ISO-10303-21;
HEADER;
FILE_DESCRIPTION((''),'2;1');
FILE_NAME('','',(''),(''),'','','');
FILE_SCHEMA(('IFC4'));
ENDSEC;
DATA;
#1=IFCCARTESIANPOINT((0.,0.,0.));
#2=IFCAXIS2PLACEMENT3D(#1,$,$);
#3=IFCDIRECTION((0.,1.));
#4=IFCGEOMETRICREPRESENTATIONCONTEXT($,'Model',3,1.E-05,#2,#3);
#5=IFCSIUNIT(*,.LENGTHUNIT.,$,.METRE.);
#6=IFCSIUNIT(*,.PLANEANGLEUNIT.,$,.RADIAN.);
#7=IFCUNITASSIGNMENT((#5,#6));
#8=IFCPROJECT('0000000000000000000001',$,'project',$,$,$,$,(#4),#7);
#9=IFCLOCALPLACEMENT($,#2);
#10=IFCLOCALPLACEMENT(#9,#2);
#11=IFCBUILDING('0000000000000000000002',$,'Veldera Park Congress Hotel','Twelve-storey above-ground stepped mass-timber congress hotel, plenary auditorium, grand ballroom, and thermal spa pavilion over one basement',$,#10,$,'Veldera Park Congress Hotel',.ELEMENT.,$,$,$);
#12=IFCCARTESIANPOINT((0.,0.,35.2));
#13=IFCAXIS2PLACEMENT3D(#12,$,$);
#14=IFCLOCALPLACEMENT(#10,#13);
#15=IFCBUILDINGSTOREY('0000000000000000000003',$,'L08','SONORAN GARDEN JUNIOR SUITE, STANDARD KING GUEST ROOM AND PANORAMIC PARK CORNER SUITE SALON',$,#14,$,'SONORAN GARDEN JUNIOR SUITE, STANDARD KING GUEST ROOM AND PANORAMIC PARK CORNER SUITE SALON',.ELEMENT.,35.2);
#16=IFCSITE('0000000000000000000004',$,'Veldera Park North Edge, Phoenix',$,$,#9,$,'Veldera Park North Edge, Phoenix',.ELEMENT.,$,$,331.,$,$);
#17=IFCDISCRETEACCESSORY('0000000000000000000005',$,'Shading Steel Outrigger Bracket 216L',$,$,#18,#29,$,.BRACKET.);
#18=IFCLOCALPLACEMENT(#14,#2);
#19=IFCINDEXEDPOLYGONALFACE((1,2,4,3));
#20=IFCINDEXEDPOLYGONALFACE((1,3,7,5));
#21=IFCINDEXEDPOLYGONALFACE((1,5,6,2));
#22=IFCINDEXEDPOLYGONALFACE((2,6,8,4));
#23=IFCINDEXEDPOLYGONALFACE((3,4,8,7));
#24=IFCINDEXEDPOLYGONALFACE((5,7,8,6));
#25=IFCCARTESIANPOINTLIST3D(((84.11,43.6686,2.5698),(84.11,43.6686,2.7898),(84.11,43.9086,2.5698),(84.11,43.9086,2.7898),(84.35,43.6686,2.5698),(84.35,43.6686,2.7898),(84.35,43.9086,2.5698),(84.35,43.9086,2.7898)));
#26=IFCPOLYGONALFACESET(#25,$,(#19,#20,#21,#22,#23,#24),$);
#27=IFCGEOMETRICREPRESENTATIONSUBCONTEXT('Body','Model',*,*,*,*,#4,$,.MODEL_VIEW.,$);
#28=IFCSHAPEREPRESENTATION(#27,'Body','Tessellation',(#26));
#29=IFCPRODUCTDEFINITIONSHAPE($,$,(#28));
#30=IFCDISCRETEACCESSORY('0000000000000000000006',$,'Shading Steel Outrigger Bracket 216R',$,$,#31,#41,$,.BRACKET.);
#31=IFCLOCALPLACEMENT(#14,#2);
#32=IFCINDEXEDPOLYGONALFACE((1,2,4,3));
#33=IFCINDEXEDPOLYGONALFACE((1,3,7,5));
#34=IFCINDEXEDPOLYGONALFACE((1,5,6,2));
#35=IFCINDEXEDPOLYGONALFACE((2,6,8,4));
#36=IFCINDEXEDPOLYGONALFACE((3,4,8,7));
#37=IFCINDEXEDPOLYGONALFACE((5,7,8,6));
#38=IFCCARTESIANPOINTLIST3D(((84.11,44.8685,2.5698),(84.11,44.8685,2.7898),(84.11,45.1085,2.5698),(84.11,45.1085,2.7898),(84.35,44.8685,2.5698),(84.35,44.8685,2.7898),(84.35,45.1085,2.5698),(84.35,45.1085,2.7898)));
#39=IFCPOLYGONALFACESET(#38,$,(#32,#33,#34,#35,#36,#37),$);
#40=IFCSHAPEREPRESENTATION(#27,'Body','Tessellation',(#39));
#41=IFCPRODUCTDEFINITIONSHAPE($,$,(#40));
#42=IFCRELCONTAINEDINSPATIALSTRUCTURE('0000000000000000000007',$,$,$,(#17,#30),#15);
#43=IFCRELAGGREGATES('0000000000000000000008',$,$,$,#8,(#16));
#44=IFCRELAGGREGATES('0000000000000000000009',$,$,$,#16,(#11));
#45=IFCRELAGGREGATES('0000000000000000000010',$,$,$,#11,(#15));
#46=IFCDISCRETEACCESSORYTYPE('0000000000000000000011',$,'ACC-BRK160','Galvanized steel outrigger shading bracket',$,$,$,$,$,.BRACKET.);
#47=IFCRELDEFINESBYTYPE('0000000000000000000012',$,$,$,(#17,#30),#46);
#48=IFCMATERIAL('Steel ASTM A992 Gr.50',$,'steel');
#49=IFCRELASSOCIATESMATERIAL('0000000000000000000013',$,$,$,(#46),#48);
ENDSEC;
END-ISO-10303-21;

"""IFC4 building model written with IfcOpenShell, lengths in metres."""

from ifc_helpers import new_model, si_unit, direction, frame, origin, origin_2d, place, context, subcontext, project, spatial, rectangle, extrude, material, type_object, element, save


model = new_model("IFC4")

# Units and contexts
model_context = context("Model", 3, precision=1e-05, world=origin(), true_north=direction((0.0, 1.0)))
body_context = subcontext(model_context, "Body", "Model", "MODEL_VIEW")
ifc_project = project(units=[si_unit("LENGTHUNIT", "METRE"), si_unit("PLANEANGLEUNIT", "RADIAN")], contexts=[model_context])

# Site, building, storey
site_placement = place(None, origin())
site = spatial("IfcSite", under=ifc_project, at=site_placement, Name="Veldera Park North Edge, Phoenix", LongName="Veldera Park North Edge, Phoenix", CompositionType="ELEMENT", RefElevation=331.0)
building_placement = place(site_placement, origin())
building = spatial("IfcBuilding", under=site, at=building_placement, Name="Veldera Park Congress Hotel", Description="Twelve-storey above-ground stepped mass-timber congress hotel, plenary auditorium, grand ballroom, and thermal spa pavilion over one basement", LongName="Veldera Park Congress Hotel", CompositionType="ELEMENT")
storey_placement = place(building_placement, frame((0.0, 0.0, 35.2)))
storey = spatial("IfcBuildingStorey", under=building, at=storey_placement, Name="L08", Description="SONORAN GARDEN JUNIOR SUITE, STANDARD KING GUEST ROOM AND PANORAMIC PARK CORNER SUITE SALON", LongName="SONORAN GARDEN JUNIOR SUITE, STANDARD KING GUEST ROOM AND PANORAMIC PARK CORNER SUITE SALON", CompositionType="ELEMENT", Elevation=35.2)

# Shared definitions
ifc_material_1 = material(Name="Steel ASTM A992 Gr.50", Category="steel")

# Discrete accessories
discrete_accessory_type = type_object("IfcDiscreteAccessoryType", Name="ACC-BRK160", Description="Galvanized steel outrigger shading bracket", PredefinedType="BRACKET", material=ifc_material_1)
for number, where, z_axis, x_axis, name in (
    (1, (84.23, 43.7886, 2.5698), (0.0, 0.0, 1.0), (0.0, 1.0, 0.0), "Shading Steel Outrigger Bracket 216L"),
    (2, (84.23, 44.9885, 2.5698), (0.0, 0.0, 1.0), (0.0, 1.0, 0.0), "Shading Steel Outrigger Bracket 216R"),
):
    element("IfcDiscreteAccessory", number, at=place(storey_placement, frame(where, z_axis=z_axis, x_axis=x_axis)), inside=storey, type_object=discrete_accessory_type, Name=name, PredefinedType="BRACKET", context=body_context, shape_type="SweptSolid", body=[
        extrude(rectangle(XDim=0.24, YDim=0.24, at=origin_2d()), origin(), (0.0, 0.0, 1.0), 0.22),
    ])

save(model, "model.ifc")
